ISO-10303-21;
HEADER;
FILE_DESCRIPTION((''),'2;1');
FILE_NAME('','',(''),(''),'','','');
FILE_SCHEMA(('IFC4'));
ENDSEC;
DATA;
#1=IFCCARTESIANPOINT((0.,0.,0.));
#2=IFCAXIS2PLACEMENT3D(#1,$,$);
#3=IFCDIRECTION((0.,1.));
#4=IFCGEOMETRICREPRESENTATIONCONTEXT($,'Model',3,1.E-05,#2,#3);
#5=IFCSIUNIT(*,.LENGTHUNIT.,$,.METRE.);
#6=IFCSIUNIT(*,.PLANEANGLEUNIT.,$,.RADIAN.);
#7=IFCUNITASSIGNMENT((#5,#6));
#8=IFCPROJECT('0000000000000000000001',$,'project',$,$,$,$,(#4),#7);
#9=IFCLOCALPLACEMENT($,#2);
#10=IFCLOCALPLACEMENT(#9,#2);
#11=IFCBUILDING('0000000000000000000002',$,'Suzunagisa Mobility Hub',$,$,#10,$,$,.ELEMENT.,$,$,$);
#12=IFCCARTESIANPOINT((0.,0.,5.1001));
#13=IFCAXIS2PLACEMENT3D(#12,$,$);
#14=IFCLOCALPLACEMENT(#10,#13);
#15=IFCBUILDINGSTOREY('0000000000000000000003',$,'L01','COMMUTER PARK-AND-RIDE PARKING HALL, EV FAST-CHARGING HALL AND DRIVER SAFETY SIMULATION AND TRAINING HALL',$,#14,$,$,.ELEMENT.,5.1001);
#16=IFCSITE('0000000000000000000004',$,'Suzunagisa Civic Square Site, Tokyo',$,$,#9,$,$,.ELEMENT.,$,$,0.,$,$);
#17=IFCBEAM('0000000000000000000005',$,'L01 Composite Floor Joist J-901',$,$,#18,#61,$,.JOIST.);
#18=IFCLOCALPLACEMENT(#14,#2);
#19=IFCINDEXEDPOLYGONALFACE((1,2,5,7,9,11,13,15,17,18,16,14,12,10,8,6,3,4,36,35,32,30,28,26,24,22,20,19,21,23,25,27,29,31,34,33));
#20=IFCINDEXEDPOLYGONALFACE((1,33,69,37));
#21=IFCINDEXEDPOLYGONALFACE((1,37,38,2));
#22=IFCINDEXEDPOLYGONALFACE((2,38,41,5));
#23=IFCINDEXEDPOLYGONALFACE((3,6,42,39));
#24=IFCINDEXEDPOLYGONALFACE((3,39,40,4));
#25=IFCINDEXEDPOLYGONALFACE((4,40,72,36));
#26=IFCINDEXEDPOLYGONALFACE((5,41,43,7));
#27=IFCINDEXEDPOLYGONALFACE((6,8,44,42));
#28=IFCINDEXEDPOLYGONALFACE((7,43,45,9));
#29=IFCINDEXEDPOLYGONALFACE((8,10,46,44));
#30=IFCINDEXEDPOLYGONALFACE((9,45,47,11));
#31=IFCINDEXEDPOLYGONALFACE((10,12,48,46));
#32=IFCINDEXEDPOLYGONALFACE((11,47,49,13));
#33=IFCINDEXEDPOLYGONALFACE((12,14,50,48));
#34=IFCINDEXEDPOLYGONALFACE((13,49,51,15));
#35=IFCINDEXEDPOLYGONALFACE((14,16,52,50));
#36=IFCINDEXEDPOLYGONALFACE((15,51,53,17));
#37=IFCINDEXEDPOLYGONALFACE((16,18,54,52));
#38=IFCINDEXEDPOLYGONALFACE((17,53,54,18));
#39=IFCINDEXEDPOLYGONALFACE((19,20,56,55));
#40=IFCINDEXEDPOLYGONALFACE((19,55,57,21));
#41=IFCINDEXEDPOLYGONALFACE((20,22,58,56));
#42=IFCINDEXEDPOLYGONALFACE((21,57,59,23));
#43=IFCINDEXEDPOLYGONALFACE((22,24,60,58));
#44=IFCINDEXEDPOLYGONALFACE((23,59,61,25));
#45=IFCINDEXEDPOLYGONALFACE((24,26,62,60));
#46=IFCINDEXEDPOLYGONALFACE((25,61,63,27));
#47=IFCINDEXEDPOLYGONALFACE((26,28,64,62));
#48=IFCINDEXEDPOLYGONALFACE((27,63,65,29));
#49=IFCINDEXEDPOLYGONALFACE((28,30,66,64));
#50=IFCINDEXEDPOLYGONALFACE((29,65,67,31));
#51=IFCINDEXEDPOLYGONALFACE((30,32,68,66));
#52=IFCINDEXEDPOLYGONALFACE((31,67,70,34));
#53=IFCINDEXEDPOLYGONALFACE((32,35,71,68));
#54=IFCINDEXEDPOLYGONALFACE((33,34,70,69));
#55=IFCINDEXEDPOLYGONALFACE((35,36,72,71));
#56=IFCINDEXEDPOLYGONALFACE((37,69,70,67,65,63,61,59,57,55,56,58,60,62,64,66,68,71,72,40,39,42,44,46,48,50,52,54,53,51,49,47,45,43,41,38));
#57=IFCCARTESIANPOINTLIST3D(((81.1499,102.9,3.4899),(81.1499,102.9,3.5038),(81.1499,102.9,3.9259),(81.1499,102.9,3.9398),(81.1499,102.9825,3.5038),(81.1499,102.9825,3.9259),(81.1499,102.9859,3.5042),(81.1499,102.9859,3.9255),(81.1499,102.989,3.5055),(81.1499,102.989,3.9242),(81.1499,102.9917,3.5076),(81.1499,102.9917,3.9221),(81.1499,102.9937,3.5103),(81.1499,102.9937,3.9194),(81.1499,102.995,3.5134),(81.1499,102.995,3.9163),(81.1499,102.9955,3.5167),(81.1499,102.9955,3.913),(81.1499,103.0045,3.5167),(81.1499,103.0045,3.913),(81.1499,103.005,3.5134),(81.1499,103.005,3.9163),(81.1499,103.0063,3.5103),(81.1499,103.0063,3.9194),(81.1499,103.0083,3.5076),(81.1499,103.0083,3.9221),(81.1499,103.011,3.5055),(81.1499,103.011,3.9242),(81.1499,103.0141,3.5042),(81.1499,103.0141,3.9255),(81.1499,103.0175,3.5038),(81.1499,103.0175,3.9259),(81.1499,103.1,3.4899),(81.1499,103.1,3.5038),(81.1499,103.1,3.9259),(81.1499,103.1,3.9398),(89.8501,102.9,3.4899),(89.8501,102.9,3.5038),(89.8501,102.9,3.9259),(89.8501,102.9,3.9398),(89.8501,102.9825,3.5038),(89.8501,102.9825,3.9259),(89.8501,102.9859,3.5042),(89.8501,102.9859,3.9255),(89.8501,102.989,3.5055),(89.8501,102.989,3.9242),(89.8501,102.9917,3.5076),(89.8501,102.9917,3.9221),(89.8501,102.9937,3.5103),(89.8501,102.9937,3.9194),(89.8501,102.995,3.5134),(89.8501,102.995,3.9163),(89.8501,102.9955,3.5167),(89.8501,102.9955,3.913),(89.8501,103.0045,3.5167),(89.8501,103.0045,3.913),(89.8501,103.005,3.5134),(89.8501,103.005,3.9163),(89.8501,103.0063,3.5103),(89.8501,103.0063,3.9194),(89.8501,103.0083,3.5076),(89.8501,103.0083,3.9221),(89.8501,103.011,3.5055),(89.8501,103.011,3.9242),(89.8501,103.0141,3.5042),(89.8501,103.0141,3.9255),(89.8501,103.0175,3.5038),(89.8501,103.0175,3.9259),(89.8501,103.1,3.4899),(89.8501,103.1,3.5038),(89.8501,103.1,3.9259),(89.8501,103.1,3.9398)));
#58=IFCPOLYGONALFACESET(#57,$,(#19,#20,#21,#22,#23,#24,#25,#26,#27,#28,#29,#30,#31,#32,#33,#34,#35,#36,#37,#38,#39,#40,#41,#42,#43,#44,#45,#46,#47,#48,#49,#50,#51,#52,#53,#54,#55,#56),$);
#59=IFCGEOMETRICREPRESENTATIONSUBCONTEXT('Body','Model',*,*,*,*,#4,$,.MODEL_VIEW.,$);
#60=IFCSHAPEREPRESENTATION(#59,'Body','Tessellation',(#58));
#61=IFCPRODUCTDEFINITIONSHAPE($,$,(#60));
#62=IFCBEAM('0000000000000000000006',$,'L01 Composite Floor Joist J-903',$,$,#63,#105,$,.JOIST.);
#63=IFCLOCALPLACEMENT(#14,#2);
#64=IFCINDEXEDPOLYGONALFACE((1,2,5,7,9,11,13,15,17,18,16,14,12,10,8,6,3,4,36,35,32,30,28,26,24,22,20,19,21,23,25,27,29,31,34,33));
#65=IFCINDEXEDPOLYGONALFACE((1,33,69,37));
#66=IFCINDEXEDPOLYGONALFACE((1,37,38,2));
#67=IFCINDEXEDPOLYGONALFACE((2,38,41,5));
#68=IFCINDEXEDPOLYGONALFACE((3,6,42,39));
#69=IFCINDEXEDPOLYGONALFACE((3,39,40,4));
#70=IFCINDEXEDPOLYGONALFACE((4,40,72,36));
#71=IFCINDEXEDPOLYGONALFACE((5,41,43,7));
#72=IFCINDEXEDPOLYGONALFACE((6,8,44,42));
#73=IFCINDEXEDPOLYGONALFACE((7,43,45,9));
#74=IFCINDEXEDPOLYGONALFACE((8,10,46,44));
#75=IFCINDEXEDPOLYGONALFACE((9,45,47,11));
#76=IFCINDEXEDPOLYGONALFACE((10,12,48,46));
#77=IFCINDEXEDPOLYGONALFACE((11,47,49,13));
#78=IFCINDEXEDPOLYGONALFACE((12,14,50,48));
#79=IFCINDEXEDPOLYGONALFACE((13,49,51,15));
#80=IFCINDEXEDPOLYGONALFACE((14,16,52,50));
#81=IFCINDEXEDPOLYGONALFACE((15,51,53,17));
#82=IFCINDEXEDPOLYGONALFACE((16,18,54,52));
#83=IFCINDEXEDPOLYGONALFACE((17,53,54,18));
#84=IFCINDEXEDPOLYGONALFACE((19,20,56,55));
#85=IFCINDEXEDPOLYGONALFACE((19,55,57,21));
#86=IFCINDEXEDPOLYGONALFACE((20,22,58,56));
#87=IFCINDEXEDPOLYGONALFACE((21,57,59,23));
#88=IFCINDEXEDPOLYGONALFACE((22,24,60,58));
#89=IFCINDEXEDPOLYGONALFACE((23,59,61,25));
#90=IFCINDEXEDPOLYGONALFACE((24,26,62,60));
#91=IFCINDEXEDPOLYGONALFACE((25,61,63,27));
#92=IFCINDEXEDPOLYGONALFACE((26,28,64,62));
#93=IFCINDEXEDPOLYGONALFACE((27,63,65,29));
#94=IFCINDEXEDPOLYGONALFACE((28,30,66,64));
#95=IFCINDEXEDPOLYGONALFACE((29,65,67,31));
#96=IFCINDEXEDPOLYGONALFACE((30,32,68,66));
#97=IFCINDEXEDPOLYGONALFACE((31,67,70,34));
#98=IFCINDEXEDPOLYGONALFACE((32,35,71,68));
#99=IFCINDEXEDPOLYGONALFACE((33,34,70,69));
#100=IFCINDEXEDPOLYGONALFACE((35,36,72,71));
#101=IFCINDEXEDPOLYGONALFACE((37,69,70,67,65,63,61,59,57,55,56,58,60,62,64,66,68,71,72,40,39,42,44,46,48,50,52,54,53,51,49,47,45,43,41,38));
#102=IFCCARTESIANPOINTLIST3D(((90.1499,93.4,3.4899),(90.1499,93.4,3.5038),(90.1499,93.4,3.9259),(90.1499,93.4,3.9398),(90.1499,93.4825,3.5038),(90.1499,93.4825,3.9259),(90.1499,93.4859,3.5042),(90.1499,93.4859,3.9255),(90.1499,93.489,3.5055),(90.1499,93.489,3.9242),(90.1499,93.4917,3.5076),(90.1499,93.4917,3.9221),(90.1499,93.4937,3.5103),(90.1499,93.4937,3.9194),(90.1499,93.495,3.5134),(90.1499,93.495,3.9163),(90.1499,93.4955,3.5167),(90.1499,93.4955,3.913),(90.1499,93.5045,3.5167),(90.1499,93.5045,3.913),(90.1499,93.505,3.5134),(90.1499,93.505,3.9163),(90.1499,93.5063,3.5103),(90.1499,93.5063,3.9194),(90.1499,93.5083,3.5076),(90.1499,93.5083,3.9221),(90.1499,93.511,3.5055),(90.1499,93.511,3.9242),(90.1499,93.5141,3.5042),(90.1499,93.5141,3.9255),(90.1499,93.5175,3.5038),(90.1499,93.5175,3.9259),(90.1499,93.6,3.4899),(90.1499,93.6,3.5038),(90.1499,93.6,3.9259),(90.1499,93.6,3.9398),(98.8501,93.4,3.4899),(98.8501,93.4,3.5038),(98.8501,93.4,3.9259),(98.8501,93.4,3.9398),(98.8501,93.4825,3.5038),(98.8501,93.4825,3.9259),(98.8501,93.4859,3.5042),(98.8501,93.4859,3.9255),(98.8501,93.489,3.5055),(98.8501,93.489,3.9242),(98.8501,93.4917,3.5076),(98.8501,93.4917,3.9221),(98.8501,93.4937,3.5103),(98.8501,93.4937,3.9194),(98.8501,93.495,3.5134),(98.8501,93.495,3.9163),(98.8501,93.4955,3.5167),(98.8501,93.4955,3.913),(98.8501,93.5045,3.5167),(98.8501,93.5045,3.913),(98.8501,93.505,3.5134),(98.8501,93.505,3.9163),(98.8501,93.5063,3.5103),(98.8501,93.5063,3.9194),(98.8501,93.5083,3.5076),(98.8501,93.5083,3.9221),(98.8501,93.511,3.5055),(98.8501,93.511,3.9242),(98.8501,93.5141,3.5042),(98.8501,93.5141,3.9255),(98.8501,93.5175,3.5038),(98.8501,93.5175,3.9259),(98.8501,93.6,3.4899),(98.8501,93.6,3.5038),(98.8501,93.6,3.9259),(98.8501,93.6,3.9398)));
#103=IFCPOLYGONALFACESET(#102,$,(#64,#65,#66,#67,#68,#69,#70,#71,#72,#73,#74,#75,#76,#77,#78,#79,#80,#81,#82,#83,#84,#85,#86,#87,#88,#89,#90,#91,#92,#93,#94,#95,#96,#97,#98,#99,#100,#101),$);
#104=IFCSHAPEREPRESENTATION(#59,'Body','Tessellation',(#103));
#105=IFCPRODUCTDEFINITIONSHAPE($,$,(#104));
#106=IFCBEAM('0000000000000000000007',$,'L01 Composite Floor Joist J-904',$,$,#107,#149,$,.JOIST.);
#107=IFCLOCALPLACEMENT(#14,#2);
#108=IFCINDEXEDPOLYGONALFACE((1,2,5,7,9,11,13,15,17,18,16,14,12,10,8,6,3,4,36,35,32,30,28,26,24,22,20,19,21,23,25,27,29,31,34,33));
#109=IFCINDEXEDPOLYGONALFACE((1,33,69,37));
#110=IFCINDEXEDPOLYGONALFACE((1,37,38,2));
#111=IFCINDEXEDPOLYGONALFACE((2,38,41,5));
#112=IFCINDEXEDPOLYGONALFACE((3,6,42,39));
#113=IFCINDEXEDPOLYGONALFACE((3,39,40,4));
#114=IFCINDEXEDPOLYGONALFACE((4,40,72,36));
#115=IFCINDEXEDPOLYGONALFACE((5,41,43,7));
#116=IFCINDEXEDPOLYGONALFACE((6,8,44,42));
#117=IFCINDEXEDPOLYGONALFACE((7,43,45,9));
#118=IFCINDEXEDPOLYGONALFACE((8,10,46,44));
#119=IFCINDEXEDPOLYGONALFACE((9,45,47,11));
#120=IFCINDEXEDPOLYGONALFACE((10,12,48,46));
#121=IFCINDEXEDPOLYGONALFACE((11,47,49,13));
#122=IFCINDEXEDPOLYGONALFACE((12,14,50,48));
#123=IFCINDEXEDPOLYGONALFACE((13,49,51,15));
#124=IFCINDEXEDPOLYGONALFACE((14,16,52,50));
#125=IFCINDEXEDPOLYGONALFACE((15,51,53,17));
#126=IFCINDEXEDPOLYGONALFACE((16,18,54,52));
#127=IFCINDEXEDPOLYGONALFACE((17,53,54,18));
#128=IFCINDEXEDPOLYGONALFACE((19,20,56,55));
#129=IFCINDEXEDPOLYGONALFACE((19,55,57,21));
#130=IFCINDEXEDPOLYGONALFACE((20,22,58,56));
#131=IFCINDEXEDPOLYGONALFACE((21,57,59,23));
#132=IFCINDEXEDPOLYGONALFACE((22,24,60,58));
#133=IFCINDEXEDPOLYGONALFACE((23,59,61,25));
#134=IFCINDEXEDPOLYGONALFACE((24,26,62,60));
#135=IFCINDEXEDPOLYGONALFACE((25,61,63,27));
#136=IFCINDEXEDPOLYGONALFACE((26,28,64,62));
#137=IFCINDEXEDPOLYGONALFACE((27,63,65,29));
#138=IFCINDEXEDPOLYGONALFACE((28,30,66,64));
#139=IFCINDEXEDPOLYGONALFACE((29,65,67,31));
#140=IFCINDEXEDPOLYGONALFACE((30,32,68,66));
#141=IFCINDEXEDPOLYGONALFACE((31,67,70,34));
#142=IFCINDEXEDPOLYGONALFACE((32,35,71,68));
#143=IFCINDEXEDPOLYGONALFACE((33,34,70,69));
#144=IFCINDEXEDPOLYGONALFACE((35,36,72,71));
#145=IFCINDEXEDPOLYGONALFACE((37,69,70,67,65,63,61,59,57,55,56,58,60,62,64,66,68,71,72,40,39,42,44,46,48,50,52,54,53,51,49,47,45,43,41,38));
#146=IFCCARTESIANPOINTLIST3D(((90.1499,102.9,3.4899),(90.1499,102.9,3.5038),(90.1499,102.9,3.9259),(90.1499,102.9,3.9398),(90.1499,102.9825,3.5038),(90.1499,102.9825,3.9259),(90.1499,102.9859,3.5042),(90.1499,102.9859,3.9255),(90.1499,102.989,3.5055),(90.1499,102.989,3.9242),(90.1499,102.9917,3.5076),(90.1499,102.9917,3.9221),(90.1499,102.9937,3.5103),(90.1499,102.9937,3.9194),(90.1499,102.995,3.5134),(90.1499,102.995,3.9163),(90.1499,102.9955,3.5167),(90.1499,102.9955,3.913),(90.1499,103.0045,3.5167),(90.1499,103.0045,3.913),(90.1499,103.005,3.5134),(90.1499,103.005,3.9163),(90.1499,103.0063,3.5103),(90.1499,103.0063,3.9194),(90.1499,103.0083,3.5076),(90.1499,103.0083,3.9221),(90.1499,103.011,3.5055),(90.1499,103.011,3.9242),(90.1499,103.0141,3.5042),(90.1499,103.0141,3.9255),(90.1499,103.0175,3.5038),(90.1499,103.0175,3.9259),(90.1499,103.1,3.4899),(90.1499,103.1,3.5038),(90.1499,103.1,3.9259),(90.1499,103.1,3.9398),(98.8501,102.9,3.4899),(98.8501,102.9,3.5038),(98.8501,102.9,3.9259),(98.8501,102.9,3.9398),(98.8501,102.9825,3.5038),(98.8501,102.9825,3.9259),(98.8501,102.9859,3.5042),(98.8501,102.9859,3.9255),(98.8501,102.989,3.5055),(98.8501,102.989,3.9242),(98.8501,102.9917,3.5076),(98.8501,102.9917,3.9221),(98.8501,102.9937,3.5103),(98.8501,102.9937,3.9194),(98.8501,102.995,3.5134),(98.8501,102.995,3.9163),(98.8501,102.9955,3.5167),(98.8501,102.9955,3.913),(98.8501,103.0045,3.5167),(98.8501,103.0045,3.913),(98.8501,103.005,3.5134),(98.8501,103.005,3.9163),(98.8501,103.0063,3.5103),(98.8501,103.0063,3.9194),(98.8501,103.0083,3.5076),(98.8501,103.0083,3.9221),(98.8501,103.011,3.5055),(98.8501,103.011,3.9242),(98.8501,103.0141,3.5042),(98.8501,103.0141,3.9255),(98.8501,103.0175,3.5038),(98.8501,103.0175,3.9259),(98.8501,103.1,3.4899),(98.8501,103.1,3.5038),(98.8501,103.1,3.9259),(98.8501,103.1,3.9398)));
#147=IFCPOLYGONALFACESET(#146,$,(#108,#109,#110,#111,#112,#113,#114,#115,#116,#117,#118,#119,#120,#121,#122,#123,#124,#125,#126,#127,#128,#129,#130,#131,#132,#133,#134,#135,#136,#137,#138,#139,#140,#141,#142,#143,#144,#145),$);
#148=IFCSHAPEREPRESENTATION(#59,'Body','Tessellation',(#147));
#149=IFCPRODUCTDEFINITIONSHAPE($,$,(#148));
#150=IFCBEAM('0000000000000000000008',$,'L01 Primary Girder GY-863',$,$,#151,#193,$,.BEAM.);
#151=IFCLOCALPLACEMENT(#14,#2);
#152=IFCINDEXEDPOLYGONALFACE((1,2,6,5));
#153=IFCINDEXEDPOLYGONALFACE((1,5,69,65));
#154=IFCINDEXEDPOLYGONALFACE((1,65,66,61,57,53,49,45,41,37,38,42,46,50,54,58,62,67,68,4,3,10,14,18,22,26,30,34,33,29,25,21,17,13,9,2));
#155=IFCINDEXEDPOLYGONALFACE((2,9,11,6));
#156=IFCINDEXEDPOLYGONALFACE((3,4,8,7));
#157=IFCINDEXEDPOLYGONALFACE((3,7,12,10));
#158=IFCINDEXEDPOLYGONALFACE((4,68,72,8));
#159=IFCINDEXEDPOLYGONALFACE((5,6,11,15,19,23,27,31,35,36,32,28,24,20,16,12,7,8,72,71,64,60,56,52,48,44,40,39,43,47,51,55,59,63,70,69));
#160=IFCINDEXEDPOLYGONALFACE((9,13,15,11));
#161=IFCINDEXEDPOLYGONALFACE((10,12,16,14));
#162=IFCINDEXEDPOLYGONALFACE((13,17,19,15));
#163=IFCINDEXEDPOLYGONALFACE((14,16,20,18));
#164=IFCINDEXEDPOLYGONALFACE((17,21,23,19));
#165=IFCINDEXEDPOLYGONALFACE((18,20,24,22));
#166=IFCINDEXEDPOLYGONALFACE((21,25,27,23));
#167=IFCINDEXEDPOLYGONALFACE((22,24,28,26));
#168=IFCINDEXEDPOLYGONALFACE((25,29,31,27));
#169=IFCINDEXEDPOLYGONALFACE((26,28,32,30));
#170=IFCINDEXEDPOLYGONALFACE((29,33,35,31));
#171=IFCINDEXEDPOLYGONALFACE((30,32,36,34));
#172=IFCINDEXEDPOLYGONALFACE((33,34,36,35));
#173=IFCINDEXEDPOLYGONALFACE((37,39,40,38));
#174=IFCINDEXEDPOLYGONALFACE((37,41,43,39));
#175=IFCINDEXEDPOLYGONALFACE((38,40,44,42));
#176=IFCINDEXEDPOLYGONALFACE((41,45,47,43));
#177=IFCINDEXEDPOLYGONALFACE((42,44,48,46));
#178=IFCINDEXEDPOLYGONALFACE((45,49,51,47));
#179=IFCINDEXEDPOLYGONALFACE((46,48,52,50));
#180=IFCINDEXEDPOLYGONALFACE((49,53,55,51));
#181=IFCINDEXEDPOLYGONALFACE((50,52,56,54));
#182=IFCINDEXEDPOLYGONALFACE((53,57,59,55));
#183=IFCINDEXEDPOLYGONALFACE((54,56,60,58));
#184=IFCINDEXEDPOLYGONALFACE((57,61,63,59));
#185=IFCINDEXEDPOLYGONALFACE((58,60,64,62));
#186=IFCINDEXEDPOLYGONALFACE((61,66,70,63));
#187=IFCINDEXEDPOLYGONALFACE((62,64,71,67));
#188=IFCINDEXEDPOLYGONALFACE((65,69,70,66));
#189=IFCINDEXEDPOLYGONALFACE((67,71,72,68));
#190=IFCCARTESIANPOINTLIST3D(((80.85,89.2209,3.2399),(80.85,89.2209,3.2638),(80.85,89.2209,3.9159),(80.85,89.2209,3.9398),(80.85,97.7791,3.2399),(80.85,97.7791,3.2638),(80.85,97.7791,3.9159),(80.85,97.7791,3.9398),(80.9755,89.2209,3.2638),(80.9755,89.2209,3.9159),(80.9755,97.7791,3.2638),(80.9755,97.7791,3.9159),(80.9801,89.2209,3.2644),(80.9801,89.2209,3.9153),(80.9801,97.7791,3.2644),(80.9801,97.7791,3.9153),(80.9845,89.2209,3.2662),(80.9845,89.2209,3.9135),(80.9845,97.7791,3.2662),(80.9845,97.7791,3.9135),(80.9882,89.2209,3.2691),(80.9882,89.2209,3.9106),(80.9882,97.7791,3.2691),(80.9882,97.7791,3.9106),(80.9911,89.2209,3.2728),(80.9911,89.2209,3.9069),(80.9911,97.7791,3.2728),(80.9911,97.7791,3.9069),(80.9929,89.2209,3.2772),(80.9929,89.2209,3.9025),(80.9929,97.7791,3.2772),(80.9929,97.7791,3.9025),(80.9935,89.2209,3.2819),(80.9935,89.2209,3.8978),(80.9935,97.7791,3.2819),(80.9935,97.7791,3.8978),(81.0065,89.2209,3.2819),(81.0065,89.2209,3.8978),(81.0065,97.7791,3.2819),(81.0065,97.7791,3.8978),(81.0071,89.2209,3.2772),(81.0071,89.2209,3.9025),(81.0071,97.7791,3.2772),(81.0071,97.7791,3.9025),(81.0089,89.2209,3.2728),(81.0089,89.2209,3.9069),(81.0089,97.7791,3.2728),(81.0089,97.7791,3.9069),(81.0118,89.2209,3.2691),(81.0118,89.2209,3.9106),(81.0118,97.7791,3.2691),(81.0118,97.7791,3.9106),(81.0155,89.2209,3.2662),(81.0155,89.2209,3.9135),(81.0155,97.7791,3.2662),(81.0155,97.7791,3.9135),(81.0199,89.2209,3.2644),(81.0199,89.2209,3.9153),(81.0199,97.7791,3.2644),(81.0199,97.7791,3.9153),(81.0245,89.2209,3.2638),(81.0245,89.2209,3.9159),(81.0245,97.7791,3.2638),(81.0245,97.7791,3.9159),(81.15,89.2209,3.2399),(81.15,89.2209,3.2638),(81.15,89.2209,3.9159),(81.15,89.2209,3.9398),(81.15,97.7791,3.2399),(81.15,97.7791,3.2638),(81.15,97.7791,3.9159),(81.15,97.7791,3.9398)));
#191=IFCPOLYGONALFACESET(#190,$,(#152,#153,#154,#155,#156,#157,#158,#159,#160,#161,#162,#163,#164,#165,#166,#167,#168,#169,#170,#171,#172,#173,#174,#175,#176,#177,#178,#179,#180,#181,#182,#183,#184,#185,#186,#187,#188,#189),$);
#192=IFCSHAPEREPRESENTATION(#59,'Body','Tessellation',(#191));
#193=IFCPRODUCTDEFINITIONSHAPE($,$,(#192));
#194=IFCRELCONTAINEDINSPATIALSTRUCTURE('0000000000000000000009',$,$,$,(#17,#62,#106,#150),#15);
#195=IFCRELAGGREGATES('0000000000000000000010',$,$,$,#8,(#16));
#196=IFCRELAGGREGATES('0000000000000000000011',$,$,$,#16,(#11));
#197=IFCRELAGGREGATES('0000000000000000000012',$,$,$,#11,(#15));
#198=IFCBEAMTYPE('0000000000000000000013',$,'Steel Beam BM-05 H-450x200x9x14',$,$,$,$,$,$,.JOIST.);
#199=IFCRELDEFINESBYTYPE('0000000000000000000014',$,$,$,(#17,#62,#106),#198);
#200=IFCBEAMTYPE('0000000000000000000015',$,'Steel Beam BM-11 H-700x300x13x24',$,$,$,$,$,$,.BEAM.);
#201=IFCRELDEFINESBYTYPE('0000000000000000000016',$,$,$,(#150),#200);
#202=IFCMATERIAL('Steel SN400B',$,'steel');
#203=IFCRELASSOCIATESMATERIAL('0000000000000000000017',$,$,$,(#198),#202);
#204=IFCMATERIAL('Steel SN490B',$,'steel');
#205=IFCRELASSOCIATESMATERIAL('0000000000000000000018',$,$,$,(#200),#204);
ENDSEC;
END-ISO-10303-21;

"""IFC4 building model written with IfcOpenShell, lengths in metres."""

from ifc_helpers import new_model, si_unit, direction, frame, origin, origin_2d, place, context, subcontext, project, spatial, i_section, extrude, material, material_profile, profile_set, type_object, element, save


model = new_model("IFC4")

# Units and contexts
model_context = context("Model", 3, precision=1e-05, world=origin(), true_north=direction((0.0, 1.0)))
body_context = subcontext(model_context, "Body", "Model", "MODEL_VIEW")
ifc_project = project(units=[si_unit("LENGTHUNIT", "METRE"), si_unit("PLANEANGLEUNIT", "RADIAN")], contexts=[model_context])

# Site, building, storey
site_placement = place(None, origin())
site = spatial("IfcSite", under=ifc_project, at=site_placement, Name="Suzunagisa Civic Square Site, Tokyo", CompositionType="ELEMENT", RefElevation=0.0)
building_placement = place(site_placement, origin())
building = spatial("IfcBuilding", under=site, at=building_placement, Name="Suzunagisa Mobility Hub", CompositionType="ELEMENT")
storey_placement = place(building_placement, frame((0.0, 0.0, 5.1001)))
storey = spatial("IfcBuildingStorey", under=building, at=storey_placement, Name="L01", Description="COMMUTER PARK-AND-RIDE PARKING HALL, EV FAST-CHARGING HALL AND DRIVER SAFETY SIMULATION AND TRAINING HALL", CompositionType="ELEMENT", Elevation=5.1001)

# Shared definitions
ifc_material_1 = material(Name="Steel SN490B", Category="steel")

# Beams
ifc_material_2 = material(Name="Steel SN400B", Category="steel")
ifc_material_profile_1 = material_profile(ifc_material_2, i_section(OverallWidth=0.2, OverallDepth=0.45, WebThickness=0.009, FlangeThickness=0.0139, FilletRadius=0.0129, at=origin_2d()), Name="H-450x200x9x14")
ifc_profile_set_1 = profile_set([ifc_material_profile_1], Name="Steel SN400B")
beam_type_1 = type_object("IfcBeamType", Name="Steel Beam BM-05 H-450x200x9x14", PredefinedType="JOIST", material=ifc_profile_set_1)
for number, where, z_axis, x_axis, name in (
    (1, (81.1499, 103.0, 3.7148), (1.0, 0.0, 0.0), (0.0, 1.0, 0.0), "L01 Composite Floor Joist J-901"),
    (2, (90.1499, 93.5, 3.7148), (1.0, 0.0, 0.0), (0.0, 1.0, 0.0), "L01 Composite Floor Joist J-903"),
    (3, (90.1499, 103.0, 3.7148), (1.0, 0.0, 0.0), (0.0, 1.0, 0.0), "L01 Composite Floor Joist J-904"),
):
    element("IfcBeam", number, at=place(storey_placement, frame(where, z_axis=z_axis, x_axis=x_axis)), inside=storey, type_object=beam_type_1, Name=name, PredefinedType="JOIST", context=body_context, shape_type="SweptSolid", body=[
        extrude(i_section(OverallWidth=0.2, OverallDepth=0.45, WebThickness=0.009, FlangeThickness=0.0139, FilletRadius=0.0129, at=origin_2d()), origin(), (0.0, 0.0, 1.0), 8.7002),
    ])
ifc_material_profile_2 = material_profile(ifc_material_1, i_section(OverallWidth=0.3, OverallDepth=0.7, WebThickness=0.0129, FlangeThickness=0.0239, FilletRadius=0.0181, at=origin_2d()), Name="H-700x300x13x24")
ifc_profile_set_2 = profile_set([ifc_material_profile_2], Name="Steel SN490B")
beam_type_2 = type_object("IfcBeamType", Name="Steel Beam BM-11 H-700x300x13x24", PredefinedType="BEAM", material=ifc_profile_set_2)
beam_1_placement = place(storey_placement, frame((81.0, 89.2209, 3.5898), z_axis=(0.0, 1.0, 0.0), x_axis=(-1.0, 0.0, 0.0)))
element("IfcBeam", 4, at=beam_1_placement, inside=storey, type_object=beam_type_2, Name="L01 Primary Girder GY-863", PredefinedType="BEAM", context=body_context, shape_type="SweptSolid", body=[
    extrude(i_section(OverallWidth=0.3, OverallDepth=0.7, WebThickness=0.0129, FlangeThickness=0.0239, FilletRadius=0.0181, at=origin_2d()), origin(), (0.0, 0.0, 1.0), 8.5581),
])

save(model, "model.ifc")
